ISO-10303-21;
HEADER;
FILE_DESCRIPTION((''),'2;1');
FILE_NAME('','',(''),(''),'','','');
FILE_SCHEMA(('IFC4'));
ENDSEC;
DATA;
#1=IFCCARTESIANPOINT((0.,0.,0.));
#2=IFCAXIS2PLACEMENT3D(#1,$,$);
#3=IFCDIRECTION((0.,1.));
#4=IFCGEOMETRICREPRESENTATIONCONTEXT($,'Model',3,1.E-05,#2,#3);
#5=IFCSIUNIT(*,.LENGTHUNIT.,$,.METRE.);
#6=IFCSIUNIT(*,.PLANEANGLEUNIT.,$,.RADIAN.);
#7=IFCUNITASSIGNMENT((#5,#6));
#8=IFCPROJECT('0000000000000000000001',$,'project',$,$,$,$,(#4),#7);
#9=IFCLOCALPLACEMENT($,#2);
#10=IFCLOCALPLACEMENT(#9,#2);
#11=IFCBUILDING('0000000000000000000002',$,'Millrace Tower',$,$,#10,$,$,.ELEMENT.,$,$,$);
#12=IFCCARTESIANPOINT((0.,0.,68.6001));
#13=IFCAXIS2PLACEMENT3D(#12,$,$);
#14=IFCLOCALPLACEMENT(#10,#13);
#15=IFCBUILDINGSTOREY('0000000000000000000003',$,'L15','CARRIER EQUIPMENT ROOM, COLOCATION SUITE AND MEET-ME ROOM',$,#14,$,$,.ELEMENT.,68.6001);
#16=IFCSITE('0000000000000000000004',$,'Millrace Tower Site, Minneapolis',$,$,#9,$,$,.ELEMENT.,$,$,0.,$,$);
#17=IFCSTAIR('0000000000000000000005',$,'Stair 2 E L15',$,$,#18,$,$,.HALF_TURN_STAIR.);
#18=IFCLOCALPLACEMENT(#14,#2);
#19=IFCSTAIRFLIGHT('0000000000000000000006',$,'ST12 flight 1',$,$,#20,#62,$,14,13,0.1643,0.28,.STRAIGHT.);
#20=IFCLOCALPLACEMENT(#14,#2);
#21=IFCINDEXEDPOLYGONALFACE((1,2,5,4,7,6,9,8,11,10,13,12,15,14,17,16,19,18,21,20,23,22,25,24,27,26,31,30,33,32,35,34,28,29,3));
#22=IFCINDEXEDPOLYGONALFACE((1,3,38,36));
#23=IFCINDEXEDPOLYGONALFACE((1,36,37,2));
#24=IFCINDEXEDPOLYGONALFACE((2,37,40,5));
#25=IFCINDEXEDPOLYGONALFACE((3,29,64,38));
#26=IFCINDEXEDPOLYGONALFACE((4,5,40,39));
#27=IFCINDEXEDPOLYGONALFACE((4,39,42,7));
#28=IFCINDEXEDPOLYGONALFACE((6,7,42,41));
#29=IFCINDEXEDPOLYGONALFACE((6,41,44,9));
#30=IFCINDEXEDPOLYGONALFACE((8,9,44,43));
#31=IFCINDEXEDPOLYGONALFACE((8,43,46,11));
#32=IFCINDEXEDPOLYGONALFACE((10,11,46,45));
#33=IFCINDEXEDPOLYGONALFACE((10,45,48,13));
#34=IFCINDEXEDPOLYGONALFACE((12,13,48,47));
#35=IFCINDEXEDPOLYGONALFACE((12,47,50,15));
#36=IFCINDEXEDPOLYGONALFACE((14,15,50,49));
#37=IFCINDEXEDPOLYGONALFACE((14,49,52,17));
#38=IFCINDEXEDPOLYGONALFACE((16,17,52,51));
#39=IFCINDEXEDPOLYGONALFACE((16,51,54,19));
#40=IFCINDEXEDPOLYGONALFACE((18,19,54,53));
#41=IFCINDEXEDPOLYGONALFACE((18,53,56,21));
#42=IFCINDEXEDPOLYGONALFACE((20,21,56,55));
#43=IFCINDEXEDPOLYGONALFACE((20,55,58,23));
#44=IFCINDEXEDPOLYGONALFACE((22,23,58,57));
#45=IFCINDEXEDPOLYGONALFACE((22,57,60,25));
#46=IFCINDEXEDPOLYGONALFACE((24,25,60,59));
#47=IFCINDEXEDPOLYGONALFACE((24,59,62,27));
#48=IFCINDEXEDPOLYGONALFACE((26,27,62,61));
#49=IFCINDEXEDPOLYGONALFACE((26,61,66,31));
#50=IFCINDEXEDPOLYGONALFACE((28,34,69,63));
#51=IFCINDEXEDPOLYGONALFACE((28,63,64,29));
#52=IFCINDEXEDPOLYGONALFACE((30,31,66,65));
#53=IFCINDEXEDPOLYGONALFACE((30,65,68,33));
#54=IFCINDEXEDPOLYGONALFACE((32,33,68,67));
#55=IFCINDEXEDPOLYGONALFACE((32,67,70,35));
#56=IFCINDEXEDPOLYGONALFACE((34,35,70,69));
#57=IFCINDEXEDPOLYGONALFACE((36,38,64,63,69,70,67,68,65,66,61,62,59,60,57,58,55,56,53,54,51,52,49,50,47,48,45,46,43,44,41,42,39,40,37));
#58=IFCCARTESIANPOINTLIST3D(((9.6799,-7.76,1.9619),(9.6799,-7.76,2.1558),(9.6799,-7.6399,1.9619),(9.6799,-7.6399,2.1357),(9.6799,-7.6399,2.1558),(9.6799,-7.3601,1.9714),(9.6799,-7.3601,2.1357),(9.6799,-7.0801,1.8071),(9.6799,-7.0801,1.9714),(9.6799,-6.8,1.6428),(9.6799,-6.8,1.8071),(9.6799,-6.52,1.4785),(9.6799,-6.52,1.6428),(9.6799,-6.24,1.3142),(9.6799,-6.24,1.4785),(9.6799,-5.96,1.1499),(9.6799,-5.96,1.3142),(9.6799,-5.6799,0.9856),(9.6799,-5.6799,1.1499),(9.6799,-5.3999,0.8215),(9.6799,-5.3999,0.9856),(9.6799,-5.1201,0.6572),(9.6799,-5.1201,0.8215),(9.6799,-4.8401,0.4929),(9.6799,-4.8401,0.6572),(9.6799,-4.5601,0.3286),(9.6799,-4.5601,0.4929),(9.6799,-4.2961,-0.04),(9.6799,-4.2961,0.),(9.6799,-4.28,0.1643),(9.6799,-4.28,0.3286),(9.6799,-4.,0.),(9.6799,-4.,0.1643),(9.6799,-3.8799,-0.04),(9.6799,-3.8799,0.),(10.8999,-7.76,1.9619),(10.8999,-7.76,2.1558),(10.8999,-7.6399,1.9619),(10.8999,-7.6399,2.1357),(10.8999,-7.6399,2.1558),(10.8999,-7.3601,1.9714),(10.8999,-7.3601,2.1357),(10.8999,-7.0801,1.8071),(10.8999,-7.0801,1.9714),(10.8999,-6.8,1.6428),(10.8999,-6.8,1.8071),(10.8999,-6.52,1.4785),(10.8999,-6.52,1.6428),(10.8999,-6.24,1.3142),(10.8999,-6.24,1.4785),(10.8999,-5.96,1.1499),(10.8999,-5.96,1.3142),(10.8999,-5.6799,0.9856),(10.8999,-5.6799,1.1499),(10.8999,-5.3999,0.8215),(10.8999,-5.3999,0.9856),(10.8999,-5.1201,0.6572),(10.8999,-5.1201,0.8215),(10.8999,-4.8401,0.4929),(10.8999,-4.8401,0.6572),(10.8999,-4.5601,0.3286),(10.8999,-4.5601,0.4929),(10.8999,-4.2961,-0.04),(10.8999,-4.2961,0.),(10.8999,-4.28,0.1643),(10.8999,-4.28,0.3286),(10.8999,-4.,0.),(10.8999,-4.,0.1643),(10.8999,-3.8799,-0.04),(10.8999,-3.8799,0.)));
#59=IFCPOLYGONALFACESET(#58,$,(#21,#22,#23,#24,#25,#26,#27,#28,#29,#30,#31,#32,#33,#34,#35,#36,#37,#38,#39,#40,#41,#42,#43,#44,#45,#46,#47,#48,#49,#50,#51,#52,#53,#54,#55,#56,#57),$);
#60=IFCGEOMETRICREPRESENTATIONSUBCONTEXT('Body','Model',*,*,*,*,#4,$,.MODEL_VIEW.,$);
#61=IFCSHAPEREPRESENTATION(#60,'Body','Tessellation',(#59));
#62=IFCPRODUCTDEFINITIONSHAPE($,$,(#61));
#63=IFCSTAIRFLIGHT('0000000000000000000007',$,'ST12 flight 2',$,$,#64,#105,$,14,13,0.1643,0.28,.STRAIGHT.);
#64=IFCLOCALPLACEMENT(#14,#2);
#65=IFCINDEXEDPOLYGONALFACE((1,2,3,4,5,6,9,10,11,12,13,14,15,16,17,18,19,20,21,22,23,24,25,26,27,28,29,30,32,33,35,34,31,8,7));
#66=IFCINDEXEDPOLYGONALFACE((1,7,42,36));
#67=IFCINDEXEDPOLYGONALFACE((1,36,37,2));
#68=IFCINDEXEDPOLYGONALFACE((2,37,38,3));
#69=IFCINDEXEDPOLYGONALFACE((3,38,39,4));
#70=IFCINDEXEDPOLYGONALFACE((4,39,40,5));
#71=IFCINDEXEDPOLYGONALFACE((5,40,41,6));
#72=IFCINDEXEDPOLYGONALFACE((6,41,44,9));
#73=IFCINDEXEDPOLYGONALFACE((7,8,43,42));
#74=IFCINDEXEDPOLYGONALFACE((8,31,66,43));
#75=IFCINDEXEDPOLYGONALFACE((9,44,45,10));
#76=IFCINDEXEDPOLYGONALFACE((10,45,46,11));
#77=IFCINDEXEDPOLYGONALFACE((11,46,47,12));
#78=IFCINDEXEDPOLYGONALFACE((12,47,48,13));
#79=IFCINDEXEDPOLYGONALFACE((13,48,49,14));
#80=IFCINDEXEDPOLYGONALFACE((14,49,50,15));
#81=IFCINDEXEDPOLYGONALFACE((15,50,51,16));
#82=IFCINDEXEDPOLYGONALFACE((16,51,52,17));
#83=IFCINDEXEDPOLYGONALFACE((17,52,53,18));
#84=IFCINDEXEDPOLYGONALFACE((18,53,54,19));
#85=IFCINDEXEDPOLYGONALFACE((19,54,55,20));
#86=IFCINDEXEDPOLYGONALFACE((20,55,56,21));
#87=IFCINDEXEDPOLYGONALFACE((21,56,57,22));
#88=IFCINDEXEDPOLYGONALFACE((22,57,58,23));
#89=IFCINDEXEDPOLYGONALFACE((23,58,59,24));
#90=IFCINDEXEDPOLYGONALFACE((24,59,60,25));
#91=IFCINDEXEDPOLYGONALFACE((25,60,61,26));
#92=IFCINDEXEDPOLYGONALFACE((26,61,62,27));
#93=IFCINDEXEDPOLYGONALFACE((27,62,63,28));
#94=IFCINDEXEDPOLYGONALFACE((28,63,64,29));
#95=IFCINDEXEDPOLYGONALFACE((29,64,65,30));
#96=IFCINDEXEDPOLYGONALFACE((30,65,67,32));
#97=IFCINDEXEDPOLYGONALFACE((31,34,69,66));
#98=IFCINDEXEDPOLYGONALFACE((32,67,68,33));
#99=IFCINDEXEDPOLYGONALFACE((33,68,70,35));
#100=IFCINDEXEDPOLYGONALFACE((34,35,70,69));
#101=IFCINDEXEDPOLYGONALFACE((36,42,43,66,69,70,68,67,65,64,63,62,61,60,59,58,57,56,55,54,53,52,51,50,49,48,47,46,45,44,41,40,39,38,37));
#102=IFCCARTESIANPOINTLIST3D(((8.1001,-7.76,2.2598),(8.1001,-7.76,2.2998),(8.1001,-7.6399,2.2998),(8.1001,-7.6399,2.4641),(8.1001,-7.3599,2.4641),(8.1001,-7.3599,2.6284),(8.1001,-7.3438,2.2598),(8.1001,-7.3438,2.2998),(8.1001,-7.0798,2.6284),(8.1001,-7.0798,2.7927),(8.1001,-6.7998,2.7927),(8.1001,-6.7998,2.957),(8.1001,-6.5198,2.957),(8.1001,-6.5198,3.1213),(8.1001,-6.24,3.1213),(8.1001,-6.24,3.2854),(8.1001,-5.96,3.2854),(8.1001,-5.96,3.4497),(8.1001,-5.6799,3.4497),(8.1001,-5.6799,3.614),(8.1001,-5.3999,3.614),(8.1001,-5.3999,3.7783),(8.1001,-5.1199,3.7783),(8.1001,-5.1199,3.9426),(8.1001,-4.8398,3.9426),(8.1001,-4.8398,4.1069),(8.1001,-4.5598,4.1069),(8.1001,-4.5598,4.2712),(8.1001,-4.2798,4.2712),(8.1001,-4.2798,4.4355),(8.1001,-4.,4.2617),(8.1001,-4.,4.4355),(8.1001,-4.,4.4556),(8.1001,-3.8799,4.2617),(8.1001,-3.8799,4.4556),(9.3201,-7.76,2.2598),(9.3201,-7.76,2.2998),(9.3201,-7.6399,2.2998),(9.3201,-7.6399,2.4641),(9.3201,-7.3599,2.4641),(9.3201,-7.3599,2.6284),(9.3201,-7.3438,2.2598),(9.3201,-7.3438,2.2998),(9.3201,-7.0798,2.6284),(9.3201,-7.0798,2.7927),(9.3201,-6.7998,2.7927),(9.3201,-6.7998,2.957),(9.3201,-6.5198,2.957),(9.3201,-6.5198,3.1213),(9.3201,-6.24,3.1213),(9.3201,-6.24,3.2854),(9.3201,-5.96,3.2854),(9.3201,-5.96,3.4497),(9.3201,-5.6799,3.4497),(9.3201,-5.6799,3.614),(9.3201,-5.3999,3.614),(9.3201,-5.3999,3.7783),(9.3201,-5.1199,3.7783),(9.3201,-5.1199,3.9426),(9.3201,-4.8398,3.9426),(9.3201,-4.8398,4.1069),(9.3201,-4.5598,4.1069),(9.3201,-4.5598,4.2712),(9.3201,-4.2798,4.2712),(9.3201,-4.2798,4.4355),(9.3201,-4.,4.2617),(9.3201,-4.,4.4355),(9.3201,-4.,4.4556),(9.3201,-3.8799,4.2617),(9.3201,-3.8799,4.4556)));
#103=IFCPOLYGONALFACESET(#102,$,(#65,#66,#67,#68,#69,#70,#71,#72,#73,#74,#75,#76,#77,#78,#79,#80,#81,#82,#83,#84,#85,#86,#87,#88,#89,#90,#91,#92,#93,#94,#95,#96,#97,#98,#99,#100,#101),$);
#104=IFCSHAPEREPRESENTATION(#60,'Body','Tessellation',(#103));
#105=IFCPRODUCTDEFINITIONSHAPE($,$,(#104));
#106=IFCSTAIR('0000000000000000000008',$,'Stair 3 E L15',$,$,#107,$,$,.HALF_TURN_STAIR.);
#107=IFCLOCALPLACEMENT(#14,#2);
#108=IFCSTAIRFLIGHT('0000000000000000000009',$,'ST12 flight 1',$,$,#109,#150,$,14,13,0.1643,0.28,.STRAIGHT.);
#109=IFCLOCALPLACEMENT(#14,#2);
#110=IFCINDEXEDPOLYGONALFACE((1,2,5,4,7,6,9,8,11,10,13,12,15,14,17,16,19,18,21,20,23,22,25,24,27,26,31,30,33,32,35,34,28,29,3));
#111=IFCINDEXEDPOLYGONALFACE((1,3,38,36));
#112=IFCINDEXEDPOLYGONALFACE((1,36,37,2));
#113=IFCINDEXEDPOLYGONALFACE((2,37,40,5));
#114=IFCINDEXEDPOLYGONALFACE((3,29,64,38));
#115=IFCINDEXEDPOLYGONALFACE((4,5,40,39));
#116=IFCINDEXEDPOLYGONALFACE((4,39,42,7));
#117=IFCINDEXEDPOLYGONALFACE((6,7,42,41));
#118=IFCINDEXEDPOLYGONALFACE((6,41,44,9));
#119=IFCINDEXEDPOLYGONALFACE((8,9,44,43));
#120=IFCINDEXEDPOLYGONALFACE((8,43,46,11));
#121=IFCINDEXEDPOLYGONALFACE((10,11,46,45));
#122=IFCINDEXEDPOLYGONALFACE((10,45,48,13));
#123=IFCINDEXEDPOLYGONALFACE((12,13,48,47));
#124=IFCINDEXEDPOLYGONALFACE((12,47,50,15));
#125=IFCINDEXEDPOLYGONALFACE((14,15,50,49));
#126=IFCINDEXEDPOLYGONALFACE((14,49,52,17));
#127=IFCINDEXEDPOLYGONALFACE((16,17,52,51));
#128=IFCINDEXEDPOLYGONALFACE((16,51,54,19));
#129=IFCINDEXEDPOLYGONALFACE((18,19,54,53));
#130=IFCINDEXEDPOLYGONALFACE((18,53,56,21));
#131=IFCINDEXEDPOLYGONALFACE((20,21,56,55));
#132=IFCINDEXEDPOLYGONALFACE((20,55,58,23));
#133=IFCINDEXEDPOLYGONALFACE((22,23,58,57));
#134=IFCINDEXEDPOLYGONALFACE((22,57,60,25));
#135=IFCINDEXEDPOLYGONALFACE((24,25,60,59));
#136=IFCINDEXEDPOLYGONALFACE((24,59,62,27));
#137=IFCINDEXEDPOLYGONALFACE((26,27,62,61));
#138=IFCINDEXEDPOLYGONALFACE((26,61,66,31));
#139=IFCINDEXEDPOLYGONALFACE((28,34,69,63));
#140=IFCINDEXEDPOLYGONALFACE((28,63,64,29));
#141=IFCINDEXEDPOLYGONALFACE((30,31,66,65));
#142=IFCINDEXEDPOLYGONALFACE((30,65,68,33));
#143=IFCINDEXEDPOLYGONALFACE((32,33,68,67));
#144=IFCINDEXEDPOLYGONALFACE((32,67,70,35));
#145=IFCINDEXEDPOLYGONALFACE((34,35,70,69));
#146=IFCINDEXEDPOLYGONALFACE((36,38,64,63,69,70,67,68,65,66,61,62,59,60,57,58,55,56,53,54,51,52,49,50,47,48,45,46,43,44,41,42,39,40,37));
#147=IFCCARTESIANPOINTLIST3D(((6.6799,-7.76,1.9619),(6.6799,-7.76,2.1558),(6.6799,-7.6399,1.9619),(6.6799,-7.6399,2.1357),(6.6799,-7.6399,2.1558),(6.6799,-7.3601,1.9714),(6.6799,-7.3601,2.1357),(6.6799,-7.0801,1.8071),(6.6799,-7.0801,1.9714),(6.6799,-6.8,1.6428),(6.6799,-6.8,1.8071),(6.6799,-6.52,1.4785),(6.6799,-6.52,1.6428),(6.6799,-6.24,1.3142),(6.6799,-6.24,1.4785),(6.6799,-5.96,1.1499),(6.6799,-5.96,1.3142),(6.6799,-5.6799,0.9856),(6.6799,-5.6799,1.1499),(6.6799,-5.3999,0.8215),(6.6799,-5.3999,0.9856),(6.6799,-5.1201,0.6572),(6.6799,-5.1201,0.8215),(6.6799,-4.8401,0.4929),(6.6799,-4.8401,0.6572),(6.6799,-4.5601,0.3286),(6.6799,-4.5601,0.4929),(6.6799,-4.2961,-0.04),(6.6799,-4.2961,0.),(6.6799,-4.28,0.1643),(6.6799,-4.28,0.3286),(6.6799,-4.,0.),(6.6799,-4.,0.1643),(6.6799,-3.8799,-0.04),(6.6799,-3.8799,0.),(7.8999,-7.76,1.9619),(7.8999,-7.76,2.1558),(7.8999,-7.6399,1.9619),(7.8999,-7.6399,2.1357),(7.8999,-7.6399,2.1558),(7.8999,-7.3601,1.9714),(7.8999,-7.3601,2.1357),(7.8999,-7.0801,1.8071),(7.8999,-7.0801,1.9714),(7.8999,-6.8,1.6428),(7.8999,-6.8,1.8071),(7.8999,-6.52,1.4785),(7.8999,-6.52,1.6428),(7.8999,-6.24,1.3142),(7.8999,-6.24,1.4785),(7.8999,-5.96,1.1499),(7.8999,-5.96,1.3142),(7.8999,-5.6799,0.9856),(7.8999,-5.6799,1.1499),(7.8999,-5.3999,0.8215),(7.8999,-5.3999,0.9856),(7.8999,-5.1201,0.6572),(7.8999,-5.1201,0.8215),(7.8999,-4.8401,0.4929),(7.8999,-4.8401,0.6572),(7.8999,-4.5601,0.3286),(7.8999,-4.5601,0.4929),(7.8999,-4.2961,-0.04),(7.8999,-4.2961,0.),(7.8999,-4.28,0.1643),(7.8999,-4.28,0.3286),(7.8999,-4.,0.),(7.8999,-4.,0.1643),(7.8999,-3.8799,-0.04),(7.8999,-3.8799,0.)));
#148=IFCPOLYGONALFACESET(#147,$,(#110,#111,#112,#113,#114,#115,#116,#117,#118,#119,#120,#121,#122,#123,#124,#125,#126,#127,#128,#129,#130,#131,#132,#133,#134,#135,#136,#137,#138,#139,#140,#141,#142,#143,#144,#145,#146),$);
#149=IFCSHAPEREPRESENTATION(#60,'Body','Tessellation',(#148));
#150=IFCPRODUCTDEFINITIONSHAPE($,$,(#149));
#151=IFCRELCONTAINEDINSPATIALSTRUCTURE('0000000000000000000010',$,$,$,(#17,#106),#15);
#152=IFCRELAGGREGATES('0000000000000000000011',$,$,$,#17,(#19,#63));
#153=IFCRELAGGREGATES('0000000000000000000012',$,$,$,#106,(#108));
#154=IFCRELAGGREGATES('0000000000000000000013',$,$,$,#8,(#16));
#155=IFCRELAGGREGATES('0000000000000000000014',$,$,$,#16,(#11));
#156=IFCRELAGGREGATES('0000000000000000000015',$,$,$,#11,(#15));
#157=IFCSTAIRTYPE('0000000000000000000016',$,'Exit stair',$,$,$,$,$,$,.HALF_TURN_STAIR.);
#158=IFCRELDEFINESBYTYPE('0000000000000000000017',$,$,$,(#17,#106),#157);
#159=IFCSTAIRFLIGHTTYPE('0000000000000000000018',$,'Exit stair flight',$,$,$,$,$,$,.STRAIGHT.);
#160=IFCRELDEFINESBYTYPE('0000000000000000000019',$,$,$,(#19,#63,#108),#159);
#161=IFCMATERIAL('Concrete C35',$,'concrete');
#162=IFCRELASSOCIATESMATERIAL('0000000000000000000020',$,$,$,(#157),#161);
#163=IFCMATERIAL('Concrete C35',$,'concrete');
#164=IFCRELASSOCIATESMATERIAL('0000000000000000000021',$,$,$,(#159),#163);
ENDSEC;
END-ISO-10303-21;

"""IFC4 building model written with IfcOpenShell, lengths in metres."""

from ifc_helpers import new_model, si_unit, direction, frame, origin, place, context, subcontext, project, spatial, polyline, outline, extrude, material, type_object, element, aggregate, save


model = new_model("IFC4")

# Units and contexts
model_context = context("Model", 3, precision=1e-05, world=origin(), true_north=direction((0.0, 1.0)))
body_context = subcontext(model_context, "Body", "Model", "MODEL_VIEW")
ifc_project = project(units=[si_unit("LENGTHUNIT", "METRE"), si_unit("PLANEANGLEUNIT", "RADIAN")], contexts=[model_context])

# Site, building, storey
site_placement = place(None, origin())
site = spatial("IfcSite", under=ifc_project, at=site_placement, Name="Millrace Tower Site, Minneapolis", CompositionType="ELEMENT", RefElevation=0.0)
building_placement = place(site_placement, origin())
building = spatial("IfcBuilding", under=site, at=building_placement, Name="Millrace Tower", CompositionType="ELEMENT")
storey_placement = place(building_placement, frame((0.0, 0.0, 68.6001)))
storey = spatial("IfcBuildingStorey", under=building, at=storey_placement, Name="L15", Description="CARRIER EQUIPMENT ROOM, COLOCATION SUITE AND MEET-ME ROOM", CompositionType="ELEMENT", Elevation=68.6001)

# Stairs, stair flights
ifc_material_1 = material(Name="Concrete C35", Category="concrete")
stair_type = type_object("IfcStairType", Name="Exit stair", PredefinedType="HALF_TURN_STAIR", material=ifc_material_1)
placement = place(storey_placement, origin())
ifc_material_2 = material(Name="Concrete C35", Category="concrete")
stair_flight_type = type_object("IfcStairFlightType", Name="Exit stair flight", PredefinedType="STRAIGHT", material=ifc_material_2)
stair_1 = element("IfcStair", 1, at=placement, inside=storey, type_object=stair_type, Name="Stair 2 E L15", PredefinedType="HALF_TURN_STAIR")
stair_flight_1_placement = place(storey_placement, frame((10.29, -4.0, 0.0), z_axis=(0.0, 0.0, 1.0), x_axis=(0.0, -1.0, 0.0)))
stair_flight_1 = element("IfcStairFlight", 2, at=stair_flight_1_placement, type_object=stair_flight_type, Name="ST12 flight 1", NumberOfRisers=14, NumberOfTreads=13, PredefinedType="STRAIGHT", RiserHeight=0.1643, TreadLength=0.28, context=body_context, shape_type="SweptSolid", body=[
    extrude(outline(polyline([(-0.1201, -0.04), (-0.1201, 0.0), (0.0, 0.0), (0.0, 0.1643), (0.28, 0.1643), (0.28, 0.3286), (0.5601, 0.3286), (0.5601, 0.4929), (0.8401, 0.4929), (0.8401, 0.6572), (1.1201, 0.6572), (1.1201, 0.8215), (1.3999, 0.8215), (1.3999, 0.9856), (1.6799, 0.9856), (1.6799, 1.1499), (1.96, 1.1499), (1.96, 1.3142), (2.24, 1.3142), (2.24, 1.4785), (2.52, 1.4785), (2.52, 1.6428), (2.8, 1.6428), (2.8, 1.8071), (3.0801, 1.8071), (3.0801, 1.9714), (3.3601, 1.9714), (3.3601, 2.1357), (3.6399, 2.1357), (3.6399, 2.1558), (3.76, 2.1558), (3.76, 1.9619), (3.6399, 1.9619), (0.2961, 0.0), (0.2961, -0.04), (-0.1201, -0.04)])), frame((0.0, 0.6099, 0.0), z_axis=(0.0, -1.0, 0.0), x_axis=(1.0, 0.0, 0.0)), (0.0, 0.0, 1.0), 1.22),
])
stair_flight_2_placement = place(storey_placement, frame((8.71, -7.6399, 2.2998), z_axis=(0.0, 0.0, 1.0), x_axis=(0.0, 1.0, 0.0)))
stair_flight_2 = element("IfcStairFlight", 3, at=stair_flight_2_placement, type_object=stair_flight_type, Name="ST12 flight 2", NumberOfRisers=14, NumberOfTreads=13, PredefinedType="STRAIGHT", RiserHeight=0.1643, TreadLength=0.28, context=body_context, shape_type="SweptSolid", body=[
    extrude(outline(polyline([(-0.1201, -0.04), (-0.1201, 0.0), (0.0, 0.0), (0.0, 0.1643), (0.28, 0.1643), (0.28, 0.3286), (0.5601, 0.3286), (0.5601, 0.4929), (0.8401, 0.4929), (0.8401, 0.6572), (1.1201, 0.6572), (1.1201, 0.8215), (1.3999, 0.8215), (1.3999, 0.9856), (1.6799, 0.9856), (1.6799, 1.1499), (1.96, 1.1499), (1.96, 1.3142), (2.24, 1.3142), (2.24, 1.4785), (2.52, 1.4785), (2.52, 1.6428), (2.8, 1.6428), (2.8, 1.8071), (3.0801, 1.8071), (3.0801, 1.9714), (3.3601, 1.9714), (3.3601, 2.1357), (3.6399, 2.1357), (3.6399, 2.1558), (3.76, 2.1558), (3.76, 1.9619), (3.6399, 1.9619), (0.2961, 0.0), (0.2961, -0.04), (-0.1201, -0.04)])), frame((0.0, 0.6099, 0.0), z_axis=(0.0, -1.0, 0.0), x_axis=(1.0, 0.0, 0.0)), (0.0, 0.0, 1.0), 1.22),
])
aggregate(stair_1, [stair_flight_1, stair_flight_2])
stair_2 = element("IfcStair", 4, at=placement, inside=storey, type_object=stair_type, Name="Stair 3 E L15", PredefinedType="HALF_TURN_STAIR")
stair_flight_3_placement = place(storey_placement, frame((7.29, -4.0, 0.0), z_axis=(0.0, 0.0, 1.0), x_axis=(0.0, -1.0, 0.0)))
stair_flight_3 = element("IfcStairFlight", 5, at=stair_flight_3_placement, type_object=stair_flight_type, Name="ST12 flight 1", NumberOfRisers=14, NumberOfTreads=13, PredefinedType="STRAIGHT", RiserHeight=0.1643, TreadLength=0.28, context=body_context, shape_type="SweptSolid", body=[
    extrude(outline(polyline([(-0.1201, -0.04), (-0.1201, 0.0), (0.0, 0.0), (0.0, 0.1643), (0.28, 0.1643), (0.28, 0.3286), (0.5601, 0.3286), (0.5601, 0.4929), (0.8401, 0.4929), (0.8401, 0.6572), (1.1201, 0.6572), (1.1201, 0.8215), (1.3999, 0.8215), (1.3999, 0.9856), (1.6799, 0.9856), (1.6799, 1.1499), (1.96, 1.1499), (1.96, 1.3142), (2.24, 1.3142), (2.24, 1.4785), (2.52, 1.4785), (2.52, 1.6428), (2.8, 1.6428), (2.8, 1.8071), (3.0801, 1.8071), (3.0801, 1.9714), (3.3601, 1.9714), (3.3601, 2.1357), (3.6399, 2.1357), (3.6399, 2.1558), (3.76, 2.1558), (3.76, 1.9619), (3.6399, 1.9619), (0.2961, 0.0), (0.2961, -0.04), (-0.1201, -0.04)])), frame((0.0, 0.6099, 0.0), z_axis=(0.0, -1.0, 0.0), x_axis=(1.0, 0.0, 0.0)), (0.0, 0.0, 1.0), 1.22),
])
aggregate(stair_2, [stair_flight_3])

save(model, "model.ifc")
